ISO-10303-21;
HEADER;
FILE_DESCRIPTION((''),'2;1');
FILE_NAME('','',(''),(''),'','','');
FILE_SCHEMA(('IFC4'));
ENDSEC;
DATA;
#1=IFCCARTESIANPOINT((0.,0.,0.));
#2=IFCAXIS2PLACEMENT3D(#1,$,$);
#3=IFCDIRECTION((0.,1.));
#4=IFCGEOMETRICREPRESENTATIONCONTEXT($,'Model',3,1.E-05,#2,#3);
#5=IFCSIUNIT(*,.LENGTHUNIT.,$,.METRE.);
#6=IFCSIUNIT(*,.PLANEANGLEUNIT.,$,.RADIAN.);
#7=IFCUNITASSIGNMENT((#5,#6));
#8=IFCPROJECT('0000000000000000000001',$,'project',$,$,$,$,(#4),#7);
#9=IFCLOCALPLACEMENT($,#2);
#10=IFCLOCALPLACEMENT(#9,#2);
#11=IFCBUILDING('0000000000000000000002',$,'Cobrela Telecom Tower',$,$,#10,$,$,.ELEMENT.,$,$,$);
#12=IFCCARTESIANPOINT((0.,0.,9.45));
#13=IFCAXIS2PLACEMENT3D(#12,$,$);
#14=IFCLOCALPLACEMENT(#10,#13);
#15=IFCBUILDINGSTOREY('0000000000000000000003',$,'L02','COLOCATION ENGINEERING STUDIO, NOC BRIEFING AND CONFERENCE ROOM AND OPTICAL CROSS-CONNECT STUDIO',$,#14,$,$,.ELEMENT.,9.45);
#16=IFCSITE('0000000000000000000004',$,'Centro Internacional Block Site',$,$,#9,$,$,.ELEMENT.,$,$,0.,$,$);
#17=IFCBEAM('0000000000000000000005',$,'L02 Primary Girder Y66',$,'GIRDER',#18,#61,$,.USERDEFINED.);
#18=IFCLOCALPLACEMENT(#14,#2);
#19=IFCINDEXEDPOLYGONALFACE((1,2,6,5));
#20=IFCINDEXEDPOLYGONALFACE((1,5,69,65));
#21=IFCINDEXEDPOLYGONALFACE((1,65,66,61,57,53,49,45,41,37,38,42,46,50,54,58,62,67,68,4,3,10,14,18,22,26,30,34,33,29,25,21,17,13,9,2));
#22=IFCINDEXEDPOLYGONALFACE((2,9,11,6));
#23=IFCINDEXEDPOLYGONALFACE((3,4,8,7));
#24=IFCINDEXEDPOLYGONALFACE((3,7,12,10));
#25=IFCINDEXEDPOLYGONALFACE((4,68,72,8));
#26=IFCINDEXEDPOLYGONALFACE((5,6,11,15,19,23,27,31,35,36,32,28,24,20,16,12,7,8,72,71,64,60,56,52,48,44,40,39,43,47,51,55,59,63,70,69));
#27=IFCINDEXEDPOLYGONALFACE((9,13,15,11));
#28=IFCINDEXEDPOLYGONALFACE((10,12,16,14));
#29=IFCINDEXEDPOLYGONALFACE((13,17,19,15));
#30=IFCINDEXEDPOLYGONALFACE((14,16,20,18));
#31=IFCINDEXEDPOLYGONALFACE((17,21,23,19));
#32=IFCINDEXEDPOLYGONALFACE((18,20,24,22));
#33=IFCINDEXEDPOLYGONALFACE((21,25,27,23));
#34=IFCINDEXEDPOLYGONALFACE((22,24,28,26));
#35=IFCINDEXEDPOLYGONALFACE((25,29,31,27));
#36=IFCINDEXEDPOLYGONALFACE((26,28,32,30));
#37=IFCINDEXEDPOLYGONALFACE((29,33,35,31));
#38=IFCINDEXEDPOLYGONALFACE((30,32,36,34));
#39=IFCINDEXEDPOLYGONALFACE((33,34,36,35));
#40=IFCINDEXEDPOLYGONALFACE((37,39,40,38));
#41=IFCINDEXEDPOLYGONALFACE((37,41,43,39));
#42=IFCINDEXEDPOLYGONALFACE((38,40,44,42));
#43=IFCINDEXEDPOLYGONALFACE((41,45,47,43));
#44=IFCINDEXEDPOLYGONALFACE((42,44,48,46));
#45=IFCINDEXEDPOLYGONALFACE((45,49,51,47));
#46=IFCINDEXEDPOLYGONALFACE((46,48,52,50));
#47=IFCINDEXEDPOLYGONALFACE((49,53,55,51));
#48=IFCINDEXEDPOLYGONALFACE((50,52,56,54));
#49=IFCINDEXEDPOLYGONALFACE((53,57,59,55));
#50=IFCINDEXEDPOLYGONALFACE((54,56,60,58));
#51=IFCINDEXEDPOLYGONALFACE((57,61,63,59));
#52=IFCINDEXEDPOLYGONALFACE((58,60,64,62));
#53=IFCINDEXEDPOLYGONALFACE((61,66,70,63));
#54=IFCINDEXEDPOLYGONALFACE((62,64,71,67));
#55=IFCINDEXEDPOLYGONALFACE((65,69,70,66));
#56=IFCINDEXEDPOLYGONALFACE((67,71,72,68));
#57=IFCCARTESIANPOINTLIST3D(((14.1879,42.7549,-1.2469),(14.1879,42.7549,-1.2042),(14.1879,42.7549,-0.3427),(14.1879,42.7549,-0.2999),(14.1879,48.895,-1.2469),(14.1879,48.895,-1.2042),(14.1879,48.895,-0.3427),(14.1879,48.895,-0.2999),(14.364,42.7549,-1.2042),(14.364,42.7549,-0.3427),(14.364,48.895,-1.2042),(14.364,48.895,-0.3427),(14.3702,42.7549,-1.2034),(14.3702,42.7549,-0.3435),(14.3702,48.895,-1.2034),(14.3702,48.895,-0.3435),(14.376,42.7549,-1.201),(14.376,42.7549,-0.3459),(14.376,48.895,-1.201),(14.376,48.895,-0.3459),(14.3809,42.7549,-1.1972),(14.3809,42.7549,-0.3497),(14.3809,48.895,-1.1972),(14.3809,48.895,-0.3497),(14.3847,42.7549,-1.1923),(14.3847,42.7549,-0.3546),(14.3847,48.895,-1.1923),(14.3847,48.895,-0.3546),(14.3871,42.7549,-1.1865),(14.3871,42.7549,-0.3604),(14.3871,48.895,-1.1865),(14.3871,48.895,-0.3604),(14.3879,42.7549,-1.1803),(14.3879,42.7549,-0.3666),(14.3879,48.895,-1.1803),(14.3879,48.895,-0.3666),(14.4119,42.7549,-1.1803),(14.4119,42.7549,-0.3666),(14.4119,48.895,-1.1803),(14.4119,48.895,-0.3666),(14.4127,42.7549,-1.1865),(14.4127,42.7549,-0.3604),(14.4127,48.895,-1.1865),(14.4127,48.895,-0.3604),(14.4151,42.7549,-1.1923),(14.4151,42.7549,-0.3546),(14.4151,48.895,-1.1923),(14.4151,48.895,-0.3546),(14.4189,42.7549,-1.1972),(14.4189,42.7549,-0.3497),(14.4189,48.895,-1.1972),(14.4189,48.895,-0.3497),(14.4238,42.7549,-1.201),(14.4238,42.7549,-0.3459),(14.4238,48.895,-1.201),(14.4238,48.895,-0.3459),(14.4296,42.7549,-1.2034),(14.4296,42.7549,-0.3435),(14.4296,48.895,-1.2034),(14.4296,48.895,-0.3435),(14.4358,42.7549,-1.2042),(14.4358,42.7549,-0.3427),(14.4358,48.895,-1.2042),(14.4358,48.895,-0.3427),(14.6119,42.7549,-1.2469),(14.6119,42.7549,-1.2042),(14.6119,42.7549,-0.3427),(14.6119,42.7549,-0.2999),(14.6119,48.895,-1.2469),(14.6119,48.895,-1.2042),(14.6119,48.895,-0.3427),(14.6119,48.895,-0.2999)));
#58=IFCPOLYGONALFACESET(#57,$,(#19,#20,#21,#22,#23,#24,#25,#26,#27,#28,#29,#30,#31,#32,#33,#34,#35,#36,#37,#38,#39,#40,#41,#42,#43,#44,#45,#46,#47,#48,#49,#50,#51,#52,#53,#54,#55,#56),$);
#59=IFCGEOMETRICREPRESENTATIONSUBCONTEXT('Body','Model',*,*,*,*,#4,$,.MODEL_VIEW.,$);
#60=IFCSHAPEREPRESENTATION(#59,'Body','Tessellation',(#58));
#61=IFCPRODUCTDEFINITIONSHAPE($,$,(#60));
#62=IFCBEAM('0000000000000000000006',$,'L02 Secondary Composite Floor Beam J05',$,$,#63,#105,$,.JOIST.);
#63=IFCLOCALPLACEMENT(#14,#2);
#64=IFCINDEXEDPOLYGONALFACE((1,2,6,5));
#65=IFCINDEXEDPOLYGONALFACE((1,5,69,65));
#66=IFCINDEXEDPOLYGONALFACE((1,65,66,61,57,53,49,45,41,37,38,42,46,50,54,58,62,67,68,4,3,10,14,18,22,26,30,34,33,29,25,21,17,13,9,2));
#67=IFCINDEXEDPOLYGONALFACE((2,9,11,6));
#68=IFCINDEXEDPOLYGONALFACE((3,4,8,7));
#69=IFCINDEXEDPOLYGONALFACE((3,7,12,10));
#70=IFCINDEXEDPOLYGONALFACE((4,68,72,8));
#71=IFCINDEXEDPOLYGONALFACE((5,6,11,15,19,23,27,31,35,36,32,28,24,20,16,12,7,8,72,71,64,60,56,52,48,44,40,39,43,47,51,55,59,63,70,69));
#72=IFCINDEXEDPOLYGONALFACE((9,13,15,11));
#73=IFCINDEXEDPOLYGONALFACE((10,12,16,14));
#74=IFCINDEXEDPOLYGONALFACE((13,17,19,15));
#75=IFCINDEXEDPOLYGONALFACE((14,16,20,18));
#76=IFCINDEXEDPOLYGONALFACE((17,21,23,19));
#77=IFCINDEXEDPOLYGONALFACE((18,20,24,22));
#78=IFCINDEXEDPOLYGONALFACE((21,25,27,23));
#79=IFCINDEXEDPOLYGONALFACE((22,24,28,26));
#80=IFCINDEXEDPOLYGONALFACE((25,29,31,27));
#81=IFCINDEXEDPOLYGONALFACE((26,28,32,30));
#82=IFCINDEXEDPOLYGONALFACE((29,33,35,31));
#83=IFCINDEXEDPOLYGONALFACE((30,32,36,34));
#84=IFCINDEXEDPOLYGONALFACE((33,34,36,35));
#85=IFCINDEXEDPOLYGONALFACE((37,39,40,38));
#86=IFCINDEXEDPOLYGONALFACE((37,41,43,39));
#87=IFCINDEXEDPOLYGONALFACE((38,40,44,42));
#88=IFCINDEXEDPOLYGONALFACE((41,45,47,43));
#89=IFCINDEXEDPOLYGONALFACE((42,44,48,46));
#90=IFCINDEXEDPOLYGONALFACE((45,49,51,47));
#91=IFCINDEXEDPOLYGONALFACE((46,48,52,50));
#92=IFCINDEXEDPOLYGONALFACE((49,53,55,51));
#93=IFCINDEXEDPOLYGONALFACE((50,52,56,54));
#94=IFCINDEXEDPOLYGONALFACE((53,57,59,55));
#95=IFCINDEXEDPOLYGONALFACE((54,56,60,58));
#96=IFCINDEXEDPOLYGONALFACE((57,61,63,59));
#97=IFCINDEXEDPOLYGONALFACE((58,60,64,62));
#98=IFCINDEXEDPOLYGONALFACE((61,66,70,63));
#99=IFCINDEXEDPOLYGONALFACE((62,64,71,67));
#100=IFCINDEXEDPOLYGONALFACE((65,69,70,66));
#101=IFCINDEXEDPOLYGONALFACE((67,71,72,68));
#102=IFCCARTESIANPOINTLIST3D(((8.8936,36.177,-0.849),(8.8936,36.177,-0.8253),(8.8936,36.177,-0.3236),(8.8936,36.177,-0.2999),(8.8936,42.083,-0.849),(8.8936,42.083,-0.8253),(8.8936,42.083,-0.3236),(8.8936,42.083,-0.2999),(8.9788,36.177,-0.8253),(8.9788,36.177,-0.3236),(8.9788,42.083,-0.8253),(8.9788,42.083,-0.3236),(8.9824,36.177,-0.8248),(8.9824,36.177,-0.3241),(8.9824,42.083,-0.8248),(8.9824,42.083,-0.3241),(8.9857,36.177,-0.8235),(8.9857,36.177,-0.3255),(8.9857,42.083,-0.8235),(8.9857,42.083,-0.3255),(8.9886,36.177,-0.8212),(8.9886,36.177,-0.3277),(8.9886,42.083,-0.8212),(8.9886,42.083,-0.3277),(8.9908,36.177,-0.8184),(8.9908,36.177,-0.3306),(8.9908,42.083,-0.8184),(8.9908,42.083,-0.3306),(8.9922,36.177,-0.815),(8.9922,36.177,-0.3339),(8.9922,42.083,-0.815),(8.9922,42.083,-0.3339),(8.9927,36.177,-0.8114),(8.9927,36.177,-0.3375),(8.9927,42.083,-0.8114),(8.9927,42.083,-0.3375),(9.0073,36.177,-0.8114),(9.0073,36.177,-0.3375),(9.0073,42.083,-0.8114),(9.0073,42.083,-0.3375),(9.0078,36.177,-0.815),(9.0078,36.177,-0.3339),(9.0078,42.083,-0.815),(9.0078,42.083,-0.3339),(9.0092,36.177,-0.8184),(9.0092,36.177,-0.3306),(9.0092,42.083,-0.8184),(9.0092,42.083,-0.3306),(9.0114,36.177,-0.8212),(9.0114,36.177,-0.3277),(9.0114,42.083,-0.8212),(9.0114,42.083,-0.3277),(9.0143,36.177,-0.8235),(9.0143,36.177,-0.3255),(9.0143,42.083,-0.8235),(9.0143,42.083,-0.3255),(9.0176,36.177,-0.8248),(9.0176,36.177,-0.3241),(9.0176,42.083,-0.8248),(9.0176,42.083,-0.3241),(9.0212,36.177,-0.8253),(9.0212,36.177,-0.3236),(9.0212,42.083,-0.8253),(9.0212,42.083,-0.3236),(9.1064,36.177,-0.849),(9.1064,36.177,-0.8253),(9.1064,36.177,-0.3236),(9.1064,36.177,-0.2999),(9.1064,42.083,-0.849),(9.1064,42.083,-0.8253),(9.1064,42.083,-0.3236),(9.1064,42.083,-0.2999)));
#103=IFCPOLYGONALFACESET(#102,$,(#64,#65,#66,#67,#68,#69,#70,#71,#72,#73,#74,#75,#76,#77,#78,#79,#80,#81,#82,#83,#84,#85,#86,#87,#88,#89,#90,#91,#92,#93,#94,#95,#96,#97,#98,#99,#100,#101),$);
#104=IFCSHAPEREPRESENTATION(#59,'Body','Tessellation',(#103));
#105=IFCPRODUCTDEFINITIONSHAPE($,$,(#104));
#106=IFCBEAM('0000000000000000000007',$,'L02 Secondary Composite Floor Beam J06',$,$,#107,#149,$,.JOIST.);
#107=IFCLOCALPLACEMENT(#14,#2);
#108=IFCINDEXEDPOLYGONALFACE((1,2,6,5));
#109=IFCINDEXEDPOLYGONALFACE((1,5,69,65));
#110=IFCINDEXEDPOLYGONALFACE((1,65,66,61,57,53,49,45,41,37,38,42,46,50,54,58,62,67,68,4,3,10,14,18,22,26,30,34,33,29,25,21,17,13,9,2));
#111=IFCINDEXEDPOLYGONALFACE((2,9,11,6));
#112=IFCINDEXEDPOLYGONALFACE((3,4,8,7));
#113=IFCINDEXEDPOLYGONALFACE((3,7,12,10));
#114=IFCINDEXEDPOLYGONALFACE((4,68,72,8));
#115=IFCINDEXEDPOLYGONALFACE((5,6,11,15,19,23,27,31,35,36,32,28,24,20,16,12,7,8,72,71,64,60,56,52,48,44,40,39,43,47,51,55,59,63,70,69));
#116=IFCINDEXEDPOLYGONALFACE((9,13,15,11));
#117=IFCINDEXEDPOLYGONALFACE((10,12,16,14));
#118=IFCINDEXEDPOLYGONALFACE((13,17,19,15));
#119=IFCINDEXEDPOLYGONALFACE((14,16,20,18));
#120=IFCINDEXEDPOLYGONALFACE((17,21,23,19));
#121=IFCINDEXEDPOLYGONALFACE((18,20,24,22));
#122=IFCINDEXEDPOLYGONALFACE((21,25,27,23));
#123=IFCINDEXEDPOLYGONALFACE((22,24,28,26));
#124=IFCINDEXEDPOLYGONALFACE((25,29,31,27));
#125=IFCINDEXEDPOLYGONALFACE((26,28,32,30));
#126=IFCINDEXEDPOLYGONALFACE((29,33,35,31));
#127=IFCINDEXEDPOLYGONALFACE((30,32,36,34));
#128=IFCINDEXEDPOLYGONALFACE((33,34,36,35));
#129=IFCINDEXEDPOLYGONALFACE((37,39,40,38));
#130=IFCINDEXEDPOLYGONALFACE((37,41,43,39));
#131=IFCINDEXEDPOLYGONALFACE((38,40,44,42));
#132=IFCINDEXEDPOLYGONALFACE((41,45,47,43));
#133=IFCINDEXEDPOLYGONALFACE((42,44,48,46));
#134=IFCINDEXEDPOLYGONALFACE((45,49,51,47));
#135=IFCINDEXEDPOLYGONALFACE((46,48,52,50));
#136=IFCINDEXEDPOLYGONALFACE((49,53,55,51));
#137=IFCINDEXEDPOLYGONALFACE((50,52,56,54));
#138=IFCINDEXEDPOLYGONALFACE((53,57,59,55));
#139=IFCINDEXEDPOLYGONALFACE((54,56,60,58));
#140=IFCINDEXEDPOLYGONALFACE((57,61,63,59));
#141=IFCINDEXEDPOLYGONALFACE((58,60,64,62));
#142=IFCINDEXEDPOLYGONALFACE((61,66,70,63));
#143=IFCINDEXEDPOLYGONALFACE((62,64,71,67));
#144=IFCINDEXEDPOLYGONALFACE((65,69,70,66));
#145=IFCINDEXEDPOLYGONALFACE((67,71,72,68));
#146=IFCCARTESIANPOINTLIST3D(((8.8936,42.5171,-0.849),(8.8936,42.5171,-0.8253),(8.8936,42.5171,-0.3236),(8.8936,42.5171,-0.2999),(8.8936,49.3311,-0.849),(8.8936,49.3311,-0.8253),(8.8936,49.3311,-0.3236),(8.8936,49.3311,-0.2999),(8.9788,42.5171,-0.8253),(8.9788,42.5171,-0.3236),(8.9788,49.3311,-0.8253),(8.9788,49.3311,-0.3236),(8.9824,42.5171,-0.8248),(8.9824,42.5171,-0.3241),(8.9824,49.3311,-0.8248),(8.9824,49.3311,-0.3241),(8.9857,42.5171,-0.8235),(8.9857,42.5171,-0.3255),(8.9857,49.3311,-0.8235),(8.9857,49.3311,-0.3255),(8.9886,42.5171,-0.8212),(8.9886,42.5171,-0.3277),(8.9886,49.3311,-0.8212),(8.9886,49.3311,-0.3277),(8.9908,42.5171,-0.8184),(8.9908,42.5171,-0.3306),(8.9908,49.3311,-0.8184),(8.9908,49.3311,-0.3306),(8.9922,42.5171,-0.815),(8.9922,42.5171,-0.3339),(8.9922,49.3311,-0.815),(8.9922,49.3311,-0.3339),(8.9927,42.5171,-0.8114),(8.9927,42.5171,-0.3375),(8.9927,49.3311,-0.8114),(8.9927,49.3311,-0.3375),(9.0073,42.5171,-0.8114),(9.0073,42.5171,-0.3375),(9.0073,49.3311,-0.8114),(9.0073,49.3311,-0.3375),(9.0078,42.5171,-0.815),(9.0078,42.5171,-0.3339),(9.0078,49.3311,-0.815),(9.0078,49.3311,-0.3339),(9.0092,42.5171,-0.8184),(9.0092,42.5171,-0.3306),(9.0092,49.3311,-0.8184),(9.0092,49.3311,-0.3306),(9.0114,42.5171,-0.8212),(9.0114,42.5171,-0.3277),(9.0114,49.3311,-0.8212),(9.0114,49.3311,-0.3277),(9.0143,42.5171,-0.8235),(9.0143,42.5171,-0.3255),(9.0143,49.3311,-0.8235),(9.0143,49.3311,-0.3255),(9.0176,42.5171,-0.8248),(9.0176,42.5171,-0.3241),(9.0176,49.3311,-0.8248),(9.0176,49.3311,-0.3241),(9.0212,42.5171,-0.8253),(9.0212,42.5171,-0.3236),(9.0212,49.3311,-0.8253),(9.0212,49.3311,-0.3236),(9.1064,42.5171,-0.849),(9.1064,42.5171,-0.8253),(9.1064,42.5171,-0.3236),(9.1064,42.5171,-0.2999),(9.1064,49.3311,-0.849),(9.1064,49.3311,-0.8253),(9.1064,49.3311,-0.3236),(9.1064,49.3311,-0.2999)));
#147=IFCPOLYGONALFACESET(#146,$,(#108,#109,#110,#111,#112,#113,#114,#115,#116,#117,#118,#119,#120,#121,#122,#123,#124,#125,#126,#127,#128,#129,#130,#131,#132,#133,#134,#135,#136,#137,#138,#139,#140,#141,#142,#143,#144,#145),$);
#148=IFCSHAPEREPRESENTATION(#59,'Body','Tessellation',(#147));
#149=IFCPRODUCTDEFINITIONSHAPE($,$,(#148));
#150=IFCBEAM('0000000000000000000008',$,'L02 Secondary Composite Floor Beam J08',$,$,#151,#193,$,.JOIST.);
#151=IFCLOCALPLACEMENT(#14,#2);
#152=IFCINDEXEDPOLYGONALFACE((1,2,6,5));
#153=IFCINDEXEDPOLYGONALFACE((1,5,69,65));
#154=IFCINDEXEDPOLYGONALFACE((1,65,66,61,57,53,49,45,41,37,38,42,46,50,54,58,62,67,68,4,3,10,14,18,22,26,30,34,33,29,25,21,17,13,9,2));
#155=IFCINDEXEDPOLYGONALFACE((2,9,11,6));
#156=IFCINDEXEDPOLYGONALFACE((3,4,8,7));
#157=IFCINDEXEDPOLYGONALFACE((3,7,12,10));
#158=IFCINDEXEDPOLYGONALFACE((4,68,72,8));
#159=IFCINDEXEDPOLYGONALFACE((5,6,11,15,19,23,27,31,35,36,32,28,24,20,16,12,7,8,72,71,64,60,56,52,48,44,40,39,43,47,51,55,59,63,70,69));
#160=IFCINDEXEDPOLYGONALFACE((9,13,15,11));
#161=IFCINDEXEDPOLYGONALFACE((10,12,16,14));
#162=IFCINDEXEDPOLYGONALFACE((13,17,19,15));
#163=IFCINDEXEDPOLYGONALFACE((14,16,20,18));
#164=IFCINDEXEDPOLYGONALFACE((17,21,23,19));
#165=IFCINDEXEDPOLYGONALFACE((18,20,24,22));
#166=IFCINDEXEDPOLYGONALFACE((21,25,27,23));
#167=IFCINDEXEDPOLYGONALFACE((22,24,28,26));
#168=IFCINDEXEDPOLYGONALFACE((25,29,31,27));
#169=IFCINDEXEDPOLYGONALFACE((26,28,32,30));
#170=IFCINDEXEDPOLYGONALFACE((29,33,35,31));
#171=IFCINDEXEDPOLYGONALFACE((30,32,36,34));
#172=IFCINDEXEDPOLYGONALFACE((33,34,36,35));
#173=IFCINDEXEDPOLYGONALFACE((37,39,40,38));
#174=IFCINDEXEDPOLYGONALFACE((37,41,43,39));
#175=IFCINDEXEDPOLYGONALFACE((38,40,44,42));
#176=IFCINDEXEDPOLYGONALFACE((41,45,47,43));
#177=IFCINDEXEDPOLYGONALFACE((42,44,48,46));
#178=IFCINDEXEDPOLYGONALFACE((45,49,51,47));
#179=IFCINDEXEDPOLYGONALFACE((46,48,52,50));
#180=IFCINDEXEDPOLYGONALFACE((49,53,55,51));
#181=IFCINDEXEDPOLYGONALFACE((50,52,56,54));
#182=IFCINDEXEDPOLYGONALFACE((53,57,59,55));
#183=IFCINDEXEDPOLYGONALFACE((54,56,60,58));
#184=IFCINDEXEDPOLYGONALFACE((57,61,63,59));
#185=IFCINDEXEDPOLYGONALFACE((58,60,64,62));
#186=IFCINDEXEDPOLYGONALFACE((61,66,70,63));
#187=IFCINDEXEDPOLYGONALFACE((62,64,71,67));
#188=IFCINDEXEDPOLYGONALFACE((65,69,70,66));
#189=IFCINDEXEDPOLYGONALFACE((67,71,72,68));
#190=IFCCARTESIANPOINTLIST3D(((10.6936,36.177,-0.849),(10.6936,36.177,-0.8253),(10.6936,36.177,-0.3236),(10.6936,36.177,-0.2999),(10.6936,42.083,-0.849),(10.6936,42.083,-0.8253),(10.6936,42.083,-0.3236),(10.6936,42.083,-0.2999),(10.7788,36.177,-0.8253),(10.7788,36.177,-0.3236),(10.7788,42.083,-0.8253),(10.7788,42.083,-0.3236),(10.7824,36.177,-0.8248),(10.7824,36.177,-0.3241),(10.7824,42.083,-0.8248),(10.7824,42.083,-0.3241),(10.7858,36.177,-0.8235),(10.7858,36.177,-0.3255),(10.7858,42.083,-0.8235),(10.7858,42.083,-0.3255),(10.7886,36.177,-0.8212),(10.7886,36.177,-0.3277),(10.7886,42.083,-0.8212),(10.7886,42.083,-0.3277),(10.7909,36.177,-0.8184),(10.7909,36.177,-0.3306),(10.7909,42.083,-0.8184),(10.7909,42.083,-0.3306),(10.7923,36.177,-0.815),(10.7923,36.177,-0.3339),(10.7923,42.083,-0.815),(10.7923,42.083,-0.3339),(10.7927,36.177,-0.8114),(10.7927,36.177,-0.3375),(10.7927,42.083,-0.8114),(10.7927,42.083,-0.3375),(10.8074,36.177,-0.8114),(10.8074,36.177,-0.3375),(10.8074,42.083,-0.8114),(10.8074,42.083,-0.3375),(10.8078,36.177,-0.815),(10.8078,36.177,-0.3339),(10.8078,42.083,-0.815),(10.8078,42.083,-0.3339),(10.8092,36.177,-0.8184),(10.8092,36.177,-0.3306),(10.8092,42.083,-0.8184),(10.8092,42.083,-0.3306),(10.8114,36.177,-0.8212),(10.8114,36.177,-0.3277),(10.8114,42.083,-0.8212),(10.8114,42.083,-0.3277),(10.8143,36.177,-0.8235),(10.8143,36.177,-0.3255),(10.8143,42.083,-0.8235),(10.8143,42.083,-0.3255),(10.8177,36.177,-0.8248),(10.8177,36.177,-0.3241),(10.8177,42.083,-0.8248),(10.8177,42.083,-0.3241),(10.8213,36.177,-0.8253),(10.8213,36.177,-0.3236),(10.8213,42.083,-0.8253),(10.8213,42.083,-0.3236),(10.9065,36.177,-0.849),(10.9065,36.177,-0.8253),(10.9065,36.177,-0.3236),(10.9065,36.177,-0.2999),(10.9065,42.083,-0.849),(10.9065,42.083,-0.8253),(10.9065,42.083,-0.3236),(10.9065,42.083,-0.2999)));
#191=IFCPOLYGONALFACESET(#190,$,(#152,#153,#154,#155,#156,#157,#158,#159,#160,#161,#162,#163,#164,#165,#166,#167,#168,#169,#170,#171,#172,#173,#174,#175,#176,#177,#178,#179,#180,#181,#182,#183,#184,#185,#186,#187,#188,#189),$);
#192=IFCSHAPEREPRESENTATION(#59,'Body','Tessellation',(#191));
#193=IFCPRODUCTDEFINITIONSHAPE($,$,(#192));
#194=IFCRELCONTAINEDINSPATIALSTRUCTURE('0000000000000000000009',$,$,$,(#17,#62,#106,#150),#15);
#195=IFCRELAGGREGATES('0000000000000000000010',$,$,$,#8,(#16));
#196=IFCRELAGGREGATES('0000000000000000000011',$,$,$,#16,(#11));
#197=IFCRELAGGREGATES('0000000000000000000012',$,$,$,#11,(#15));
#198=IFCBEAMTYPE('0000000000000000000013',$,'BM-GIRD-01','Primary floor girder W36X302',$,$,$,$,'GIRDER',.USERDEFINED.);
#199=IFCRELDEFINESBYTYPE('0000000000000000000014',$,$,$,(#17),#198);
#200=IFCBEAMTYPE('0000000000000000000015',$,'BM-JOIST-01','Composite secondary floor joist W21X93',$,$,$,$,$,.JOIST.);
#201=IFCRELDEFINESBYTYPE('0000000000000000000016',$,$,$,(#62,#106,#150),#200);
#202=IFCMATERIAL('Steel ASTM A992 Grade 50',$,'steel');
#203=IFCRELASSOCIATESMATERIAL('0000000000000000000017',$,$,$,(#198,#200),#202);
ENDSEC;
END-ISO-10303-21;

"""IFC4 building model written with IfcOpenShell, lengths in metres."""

from ifc_helpers import new_model, si_unit, direction, frame, origin, origin_2d, place, context, subcontext, project, spatial, i_section, extrude, material, material_profile, profile_set, type_object, element, save


model = new_model("IFC4")

# Units and contexts
model_context = context("Model", 3, precision=1e-05, world=origin(), true_north=direction((0.0, 1.0)))
body_context = subcontext(model_context, "Body", "Model", "MODEL_VIEW")
ifc_project = project(units=[si_unit("LENGTHUNIT", "METRE"), si_unit("PLANEANGLEUNIT", "RADIAN")], contexts=[model_context])

# Site, building, storey
site_placement = place(None, origin())
site = spatial("IfcSite", under=ifc_project, at=site_placement, Name="Centro Internacional Block Site", CompositionType="ELEMENT", RefElevation=0.0)
building_placement = place(site_placement, origin())
building = spatial("IfcBuilding", under=site, at=building_placement, Name="Cobrela Telecom Tower", CompositionType="ELEMENT")
storey_placement = place(building_placement, frame((0.0, 0.0, 9.45)))
storey = spatial("IfcBuildingStorey", under=building, at=storey_placement, Name="L02", Description="COLOCATION ENGINEERING STUDIO, NOC BRIEFING AND CONFERENCE ROOM AND OPTICAL CROSS-CONNECT STUDIO", CompositionType="ELEMENT", Elevation=9.45)

# Beams
ifc_material_1 = material(Name="Steel ASTM A992 Grade 50", Category="steel")
ifc_material_profile_1 = material_profile(ifc_material_1, i_section(OverallWidth=0.4241, OverallDepth=0.947, WebThickness=0.0239, FlangeThickness=0.0427, FilletRadius=0.0239, at=origin_2d()), Name="W36X302")
ifc_profile_set_1 = profile_set([ifc_material_profile_1], Name="Steel ASTM A992 Grade 50")
beam_type_1 = type_object("IfcBeamType", Name="BM-GIRD-01", Description="Primary floor girder W36X302", ElementType="GIRDER", PredefinedType="USERDEFINED", material=ifc_profile_set_1)
beam_1_placement = place(storey_placement, frame((14.3999, 42.7549, -0.7734), z_axis=(0.0, 1.0, 0.0), x_axis=(-1.0, 0.0, 0.0)))
element("IfcBeam", 1, at=beam_1_placement, inside=storey, type_object=beam_type_1, Name="L02 Primary Girder Y66", ObjectType="GIRDER", PredefinedType="USERDEFINED", context=body_context, shape_type="SweptSolid", body=[
    extrude(i_section(OverallWidth=0.4241, OverallDepth=0.947, WebThickness=0.0239, FlangeThickness=0.0427, FilletRadius=0.0239, at=origin_2d()), origin(), (0.0, 0.0, 1.0), 6.1401),
])
ifc_material_profile_2 = material_profile(ifc_material_1, i_section(OverallWidth=0.2129, OverallDepth=0.5491, WebThickness=0.0146, FlangeThickness=0.0237, FilletRadius=0.0139, at=origin_2d()), Name="W21X93")
ifc_profile_set_2 = profile_set([ifc_material_profile_2], Name="Steel ASTM A992 Grade 50")
beam_type_2 = type_object("IfcBeamType", Name="BM-JOIST-01", Description="Composite secondary floor joist W21X93", PredefinedType="JOIST", material=ifc_profile_set_2)
beam_2_placement = place(storey_placement, frame((9.0, 36.177, -0.5745), z_axis=(0.0, 1.0, 0.0), x_axis=(-1.0, 0.0, 0.0)))
element("IfcBeam", 2, at=beam_2_placement, inside=storey, type_object=beam_type_2, Name="L02 Secondary Composite Floor Beam J05", PredefinedType="JOIST", context=body_context, shape_type="SweptSolid", body=[
    extrude(i_section(OverallWidth=0.2129, OverallDepth=0.5491, WebThickness=0.0146, FlangeThickness=0.0237, FilletRadius=0.0139, at=origin_2d()), origin(), (0.0, 0.0, 1.0), 5.906),
])
beam_3_placement = place(storey_placement, frame((9.0, 42.5171, -0.5745), z_axis=(0.0, 1.0, 0.0), x_axis=(-1.0, 0.0, 0.0)))
element("IfcBeam", 3, at=beam_3_placement, inside=storey, type_object=beam_type_2, Name="L02 Secondary Composite Floor Beam J06", PredefinedType="JOIST", context=body_context, shape_type="SweptSolid", body=[
    extrude(i_section(OverallWidth=0.2129, OverallDepth=0.5491, WebThickness=0.0146, FlangeThickness=0.0237, FilletRadius=0.0139, at=origin_2d()), origin(), (0.0, 0.0, 1.0), 6.814),
])
beam_4_placement = place(storey_placement, frame((10.8, 36.177, -0.5745), z_axis=(0.0, 1.0, 0.0), x_axis=(-1.0, 0.0, 0.0)))
element("IfcBeam", 4, at=beam_4_placement, inside=storey, type_object=beam_type_2, Name="L02 Secondary Composite Floor Beam J08", PredefinedType="JOIST", context=body_context, shape_type="SweptSolid", body=[
    extrude(i_section(OverallWidth=0.2129, OverallDepth=0.5491, WebThickness=0.0146, FlangeThickness=0.0237, FilletRadius=0.0139, at=origin_2d()), origin(), (0.0, 0.0, 1.0), 5.906),
])

save(model, "model.ifc")
